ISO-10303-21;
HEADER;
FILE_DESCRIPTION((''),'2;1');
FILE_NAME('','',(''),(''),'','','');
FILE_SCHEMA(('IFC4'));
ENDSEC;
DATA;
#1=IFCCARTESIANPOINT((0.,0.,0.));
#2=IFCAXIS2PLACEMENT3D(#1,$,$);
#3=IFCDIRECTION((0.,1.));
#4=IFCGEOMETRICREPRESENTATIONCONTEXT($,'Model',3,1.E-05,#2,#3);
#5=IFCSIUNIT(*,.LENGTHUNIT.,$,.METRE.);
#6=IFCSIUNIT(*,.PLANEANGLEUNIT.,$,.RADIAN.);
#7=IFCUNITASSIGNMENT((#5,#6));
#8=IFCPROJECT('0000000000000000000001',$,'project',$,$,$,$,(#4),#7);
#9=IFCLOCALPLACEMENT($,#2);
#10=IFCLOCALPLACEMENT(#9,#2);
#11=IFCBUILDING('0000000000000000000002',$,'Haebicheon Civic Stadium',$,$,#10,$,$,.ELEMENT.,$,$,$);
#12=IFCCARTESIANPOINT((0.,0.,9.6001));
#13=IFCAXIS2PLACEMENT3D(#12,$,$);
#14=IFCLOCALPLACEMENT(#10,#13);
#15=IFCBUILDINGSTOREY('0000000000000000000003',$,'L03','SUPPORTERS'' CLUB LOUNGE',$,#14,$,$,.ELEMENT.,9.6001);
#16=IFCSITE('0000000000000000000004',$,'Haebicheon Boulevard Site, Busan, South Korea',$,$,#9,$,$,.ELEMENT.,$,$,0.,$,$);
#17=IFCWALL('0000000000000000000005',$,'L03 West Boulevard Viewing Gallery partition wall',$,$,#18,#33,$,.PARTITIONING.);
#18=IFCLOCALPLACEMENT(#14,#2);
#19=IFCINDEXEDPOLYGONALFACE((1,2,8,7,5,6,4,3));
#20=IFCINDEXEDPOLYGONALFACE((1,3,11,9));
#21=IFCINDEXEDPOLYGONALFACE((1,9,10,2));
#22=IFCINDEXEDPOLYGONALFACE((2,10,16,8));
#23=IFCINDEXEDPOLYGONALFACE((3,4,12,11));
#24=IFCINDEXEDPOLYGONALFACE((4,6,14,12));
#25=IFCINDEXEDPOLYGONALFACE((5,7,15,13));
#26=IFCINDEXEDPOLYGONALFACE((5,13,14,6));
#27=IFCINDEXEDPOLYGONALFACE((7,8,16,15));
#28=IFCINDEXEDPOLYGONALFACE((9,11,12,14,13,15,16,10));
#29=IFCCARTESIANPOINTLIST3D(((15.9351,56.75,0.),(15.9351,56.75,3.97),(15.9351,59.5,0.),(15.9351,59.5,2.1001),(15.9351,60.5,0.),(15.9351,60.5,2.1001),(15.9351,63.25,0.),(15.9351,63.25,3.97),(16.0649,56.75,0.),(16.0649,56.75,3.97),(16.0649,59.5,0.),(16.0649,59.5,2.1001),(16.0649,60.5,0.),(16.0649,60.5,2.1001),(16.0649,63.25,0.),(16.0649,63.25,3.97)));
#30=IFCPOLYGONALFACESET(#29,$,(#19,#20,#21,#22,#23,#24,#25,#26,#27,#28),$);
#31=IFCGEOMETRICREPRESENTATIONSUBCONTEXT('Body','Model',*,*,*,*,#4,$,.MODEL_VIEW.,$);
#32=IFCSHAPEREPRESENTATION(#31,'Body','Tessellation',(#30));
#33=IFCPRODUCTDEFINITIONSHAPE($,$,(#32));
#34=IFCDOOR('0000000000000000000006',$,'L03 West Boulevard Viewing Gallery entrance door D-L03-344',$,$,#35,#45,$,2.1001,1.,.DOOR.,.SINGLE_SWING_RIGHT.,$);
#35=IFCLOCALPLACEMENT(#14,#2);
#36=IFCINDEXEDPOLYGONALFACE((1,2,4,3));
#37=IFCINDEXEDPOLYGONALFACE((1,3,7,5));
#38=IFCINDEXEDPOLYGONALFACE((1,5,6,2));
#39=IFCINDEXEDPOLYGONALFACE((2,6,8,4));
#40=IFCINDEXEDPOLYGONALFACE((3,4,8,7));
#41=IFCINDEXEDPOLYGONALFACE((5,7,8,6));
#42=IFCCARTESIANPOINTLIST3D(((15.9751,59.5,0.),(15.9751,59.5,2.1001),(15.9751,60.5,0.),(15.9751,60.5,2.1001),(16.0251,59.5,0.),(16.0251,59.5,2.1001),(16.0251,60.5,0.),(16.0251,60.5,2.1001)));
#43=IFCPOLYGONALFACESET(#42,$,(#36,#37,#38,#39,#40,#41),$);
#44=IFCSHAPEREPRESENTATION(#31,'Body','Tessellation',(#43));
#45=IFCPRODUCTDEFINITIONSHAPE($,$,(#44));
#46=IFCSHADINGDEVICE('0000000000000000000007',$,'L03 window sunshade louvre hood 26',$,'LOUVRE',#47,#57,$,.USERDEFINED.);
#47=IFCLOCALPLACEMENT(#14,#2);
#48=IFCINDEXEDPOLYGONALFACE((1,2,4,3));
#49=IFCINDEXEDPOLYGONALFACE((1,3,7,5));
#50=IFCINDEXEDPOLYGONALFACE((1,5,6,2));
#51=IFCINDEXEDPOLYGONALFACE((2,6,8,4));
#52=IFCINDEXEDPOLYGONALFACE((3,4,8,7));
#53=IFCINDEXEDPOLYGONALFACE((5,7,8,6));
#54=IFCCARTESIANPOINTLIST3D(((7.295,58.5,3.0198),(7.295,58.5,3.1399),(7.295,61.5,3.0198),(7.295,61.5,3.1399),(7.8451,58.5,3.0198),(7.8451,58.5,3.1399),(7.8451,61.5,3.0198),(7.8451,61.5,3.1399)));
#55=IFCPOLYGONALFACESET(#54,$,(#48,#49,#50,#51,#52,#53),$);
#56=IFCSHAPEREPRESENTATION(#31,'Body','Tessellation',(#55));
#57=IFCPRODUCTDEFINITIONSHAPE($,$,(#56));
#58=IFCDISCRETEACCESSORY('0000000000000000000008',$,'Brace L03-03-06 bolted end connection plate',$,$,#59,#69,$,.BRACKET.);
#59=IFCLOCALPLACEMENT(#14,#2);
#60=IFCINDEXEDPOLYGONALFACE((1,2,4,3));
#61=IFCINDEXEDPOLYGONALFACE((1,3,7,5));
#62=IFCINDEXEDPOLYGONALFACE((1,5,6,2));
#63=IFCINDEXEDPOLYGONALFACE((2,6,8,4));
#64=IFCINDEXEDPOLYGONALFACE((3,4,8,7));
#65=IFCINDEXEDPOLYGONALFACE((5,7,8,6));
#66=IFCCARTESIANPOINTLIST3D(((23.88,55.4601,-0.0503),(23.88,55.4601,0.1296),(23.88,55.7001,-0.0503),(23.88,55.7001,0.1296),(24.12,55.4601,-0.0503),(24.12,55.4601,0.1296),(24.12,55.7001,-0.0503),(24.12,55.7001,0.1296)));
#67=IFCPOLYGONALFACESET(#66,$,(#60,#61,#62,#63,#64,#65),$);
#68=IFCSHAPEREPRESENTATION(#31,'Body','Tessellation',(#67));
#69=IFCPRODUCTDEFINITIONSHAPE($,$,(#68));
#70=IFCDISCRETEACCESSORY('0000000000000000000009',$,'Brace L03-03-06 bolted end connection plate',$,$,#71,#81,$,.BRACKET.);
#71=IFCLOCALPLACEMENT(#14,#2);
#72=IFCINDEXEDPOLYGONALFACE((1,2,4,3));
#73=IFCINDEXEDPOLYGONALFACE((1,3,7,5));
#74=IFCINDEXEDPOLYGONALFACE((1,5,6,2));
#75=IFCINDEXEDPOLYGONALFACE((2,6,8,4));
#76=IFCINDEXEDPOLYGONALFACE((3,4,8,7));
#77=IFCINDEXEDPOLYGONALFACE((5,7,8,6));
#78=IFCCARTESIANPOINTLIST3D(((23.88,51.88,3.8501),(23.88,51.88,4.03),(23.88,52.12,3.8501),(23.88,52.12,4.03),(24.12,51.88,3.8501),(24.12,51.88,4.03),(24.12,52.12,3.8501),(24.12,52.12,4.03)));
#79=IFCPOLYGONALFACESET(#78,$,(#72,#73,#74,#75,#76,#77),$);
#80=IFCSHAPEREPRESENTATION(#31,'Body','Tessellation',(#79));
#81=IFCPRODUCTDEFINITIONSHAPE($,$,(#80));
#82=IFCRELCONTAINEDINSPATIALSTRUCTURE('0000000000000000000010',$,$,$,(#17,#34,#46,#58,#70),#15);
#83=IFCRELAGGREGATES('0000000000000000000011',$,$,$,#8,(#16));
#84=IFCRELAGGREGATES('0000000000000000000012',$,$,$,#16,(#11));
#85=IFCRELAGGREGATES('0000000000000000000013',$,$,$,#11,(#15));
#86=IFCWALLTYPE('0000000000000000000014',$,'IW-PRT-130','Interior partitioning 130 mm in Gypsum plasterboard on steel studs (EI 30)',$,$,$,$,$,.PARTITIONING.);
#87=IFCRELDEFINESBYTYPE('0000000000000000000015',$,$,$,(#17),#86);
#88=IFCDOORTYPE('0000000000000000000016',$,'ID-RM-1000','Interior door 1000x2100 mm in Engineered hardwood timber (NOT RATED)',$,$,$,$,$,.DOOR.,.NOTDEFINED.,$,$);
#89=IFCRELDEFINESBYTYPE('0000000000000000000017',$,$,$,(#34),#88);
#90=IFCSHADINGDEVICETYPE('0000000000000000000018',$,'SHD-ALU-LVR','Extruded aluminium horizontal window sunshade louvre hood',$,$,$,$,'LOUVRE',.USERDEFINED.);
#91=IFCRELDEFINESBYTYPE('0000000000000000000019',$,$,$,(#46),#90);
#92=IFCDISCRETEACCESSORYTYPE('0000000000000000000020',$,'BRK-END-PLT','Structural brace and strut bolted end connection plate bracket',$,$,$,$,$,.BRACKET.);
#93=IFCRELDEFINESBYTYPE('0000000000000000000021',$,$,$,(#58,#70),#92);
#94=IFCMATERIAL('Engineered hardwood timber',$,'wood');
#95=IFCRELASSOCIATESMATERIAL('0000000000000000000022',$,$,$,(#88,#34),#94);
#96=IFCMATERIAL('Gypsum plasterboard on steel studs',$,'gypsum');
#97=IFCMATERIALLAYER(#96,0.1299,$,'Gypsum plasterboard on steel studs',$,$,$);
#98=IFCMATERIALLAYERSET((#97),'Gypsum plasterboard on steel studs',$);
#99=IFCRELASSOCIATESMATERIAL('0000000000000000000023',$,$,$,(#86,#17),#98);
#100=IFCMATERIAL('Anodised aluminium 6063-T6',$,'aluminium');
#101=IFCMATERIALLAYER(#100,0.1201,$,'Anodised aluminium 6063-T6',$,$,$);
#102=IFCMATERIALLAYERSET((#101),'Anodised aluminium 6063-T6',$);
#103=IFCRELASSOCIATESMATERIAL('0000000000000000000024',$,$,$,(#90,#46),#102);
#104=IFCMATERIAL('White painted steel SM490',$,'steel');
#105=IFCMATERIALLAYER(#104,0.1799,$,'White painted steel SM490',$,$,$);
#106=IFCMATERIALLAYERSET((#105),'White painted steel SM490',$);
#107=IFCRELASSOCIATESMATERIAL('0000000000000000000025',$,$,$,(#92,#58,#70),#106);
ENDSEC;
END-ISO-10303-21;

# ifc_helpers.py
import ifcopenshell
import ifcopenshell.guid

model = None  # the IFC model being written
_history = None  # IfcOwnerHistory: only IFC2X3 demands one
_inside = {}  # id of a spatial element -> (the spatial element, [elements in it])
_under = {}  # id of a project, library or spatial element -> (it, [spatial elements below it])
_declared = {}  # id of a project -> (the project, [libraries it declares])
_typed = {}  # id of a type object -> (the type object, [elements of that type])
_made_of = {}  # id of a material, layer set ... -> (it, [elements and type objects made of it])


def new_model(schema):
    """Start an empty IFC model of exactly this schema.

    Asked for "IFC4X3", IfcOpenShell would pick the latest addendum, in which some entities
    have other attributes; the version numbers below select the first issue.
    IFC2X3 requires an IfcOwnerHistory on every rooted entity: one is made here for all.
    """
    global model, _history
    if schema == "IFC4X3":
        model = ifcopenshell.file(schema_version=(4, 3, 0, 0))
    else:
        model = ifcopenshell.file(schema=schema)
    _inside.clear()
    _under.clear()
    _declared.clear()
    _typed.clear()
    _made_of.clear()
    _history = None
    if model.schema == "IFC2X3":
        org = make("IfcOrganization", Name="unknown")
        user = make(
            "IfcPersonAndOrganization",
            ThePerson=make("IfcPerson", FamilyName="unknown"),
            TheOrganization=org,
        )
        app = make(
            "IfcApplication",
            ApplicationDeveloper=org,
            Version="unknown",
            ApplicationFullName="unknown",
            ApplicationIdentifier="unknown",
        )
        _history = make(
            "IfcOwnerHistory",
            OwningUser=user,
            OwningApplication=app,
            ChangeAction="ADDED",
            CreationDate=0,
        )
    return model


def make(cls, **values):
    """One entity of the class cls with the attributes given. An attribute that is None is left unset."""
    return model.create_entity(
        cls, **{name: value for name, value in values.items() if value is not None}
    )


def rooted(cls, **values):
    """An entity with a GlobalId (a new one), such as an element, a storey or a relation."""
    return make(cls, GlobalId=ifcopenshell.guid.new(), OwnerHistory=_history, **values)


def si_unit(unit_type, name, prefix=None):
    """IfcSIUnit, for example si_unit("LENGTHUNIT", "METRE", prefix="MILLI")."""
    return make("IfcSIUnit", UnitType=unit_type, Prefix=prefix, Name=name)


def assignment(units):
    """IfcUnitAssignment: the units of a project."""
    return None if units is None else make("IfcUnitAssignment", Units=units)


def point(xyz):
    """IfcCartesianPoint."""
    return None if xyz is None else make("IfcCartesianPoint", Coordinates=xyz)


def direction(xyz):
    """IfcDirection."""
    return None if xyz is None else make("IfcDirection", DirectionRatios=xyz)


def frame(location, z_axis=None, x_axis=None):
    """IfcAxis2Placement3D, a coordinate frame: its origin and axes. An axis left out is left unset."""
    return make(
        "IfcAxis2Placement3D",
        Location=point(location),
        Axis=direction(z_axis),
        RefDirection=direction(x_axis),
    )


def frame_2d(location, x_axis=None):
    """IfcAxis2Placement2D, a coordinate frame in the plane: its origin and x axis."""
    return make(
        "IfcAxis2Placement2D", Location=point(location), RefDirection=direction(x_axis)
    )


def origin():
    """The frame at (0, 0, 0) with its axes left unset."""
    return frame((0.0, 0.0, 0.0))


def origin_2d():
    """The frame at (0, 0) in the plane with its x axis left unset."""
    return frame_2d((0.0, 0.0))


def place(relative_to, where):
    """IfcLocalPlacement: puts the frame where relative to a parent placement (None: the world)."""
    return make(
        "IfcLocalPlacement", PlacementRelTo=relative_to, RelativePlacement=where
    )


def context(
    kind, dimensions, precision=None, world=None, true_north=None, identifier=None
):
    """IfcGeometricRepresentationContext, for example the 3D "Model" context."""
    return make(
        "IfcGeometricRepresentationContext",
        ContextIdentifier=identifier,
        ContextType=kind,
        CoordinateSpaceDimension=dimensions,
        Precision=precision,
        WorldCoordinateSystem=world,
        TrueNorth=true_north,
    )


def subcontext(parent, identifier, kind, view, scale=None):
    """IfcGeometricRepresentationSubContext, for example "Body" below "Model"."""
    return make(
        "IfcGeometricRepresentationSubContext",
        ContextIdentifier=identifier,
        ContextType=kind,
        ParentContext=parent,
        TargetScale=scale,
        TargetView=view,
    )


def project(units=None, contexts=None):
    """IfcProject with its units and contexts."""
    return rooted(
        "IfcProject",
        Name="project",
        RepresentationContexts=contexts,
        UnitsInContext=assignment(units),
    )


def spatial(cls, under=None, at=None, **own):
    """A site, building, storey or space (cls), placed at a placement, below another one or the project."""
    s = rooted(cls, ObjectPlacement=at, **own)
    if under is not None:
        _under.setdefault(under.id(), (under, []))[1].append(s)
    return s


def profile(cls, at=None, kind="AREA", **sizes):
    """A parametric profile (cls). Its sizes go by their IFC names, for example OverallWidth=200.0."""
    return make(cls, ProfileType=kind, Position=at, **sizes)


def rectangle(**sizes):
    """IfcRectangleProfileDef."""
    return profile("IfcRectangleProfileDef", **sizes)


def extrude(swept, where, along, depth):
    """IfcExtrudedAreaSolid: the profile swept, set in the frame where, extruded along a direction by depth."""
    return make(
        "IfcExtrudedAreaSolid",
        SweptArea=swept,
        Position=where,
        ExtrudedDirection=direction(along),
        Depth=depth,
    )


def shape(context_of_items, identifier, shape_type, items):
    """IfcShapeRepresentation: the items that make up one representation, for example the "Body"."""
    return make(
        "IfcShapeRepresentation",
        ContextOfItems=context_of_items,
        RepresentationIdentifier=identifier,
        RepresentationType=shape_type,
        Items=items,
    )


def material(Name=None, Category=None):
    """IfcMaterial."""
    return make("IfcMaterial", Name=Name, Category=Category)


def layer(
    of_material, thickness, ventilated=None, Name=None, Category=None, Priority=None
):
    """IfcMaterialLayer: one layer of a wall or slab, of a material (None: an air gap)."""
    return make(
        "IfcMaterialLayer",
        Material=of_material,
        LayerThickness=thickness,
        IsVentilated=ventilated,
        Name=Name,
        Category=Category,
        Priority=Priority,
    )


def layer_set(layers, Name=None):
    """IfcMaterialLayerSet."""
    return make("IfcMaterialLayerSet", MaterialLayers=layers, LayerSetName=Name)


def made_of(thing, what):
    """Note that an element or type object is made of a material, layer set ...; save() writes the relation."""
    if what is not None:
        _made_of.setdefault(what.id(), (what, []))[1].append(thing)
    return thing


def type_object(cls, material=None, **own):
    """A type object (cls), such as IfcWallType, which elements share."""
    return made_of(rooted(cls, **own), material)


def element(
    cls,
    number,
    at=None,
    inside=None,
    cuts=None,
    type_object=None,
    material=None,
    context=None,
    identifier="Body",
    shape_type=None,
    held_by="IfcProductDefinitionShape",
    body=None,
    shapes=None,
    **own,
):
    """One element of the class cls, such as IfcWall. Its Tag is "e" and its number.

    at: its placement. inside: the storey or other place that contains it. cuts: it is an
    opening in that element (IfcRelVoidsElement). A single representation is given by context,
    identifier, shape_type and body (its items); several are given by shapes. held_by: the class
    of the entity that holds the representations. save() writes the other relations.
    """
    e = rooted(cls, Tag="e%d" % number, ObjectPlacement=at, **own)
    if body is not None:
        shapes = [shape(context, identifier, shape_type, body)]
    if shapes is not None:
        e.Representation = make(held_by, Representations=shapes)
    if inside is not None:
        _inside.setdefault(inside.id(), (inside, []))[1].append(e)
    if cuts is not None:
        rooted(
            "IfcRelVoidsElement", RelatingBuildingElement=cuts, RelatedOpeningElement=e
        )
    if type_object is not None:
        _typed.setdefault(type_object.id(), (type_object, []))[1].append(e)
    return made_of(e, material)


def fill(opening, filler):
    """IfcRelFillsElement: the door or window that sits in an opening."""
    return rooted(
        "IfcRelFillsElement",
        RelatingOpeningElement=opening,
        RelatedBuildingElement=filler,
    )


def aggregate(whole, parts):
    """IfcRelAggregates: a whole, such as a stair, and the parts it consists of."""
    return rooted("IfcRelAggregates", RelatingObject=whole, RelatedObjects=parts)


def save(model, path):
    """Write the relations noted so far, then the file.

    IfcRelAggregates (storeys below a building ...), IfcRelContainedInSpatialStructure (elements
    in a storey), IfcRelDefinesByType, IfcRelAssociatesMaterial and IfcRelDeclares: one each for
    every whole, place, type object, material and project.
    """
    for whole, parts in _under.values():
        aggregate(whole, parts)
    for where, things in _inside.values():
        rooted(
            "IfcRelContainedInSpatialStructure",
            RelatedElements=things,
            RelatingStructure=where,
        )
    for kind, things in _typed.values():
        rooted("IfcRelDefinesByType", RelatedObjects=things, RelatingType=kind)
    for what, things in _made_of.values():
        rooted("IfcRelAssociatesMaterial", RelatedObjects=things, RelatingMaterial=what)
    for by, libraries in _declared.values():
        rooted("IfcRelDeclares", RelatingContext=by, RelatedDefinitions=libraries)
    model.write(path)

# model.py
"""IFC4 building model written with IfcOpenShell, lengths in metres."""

from ifc_helpers import new_model, si_unit, direction, frame, frame_2d, origin, origin_2d, place, context, subcontext, project, spatial, rectangle, extrude, material, layer, layer_set, type_object, element, fill, save


model = new_model("IFC4")

# Units and contexts
model_context = context("Model", 3, precision=1e-05, world=origin(), true_north=direction((0.0, 1.0)))
body_context = subcontext(model_context, "Body", "Model", "MODEL_VIEW")
ifc_project = project(units=[si_unit("LENGTHUNIT", "METRE"), si_unit("PLANEANGLEUNIT", "RADIAN")], contexts=[model_context])

# Site, building, storey
site_placement = place(None, origin())
site = spatial("IfcSite", under=ifc_project, at=site_placement, Name="Haebicheon Boulevard Site, Busan, South Korea", CompositionType="ELEMENT", RefElevation=0.0)
building_placement = place(site_placement, origin())
building = spatial("IfcBuilding", under=site, at=building_placement, Name="Haebicheon Civic Stadium", CompositionType="ELEMENT")
storey_placement = place(building_placement, frame((0.0, 0.0, 9.6001)))
storey = spatial("IfcBuildingStorey", under=building, at=storey_placement, Name="L03", Description="SUPPORTERS' CLUB LOUNGE", CompositionType="ELEMENT", Elevation=9.6001)

# Wall, opening, door
ifc_material_1 = material(Name="Engineered hardwood timber", Category="wood")
door_type = type_object("IfcDoorType", Name="ID-RM-1000", Description="Interior door 1000x2100 mm in Engineered hardwood timber (NOT RATED)", OperationType="NOTDEFINED", PredefinedType="DOOR", material=ifc_material_1)
ifc_material_2 = material(Name="Gypsum plasterboard on steel studs", Category="gypsum")
ifc_layer_1 = layer(ifc_material_2, 0.1299, Name="Gypsum plasterboard on steel studs")
ifc_layer_set_1 = layer_set([ifc_layer_1], Name="Gypsum plasterboard on steel studs")
wall_type_1 = type_object("IfcWallType", Name="IW-PRT-130", Description="Interior partitioning 130 mm in Gypsum plasterboard on steel studs (EI 30)", PredefinedType="PARTITIONING", material=ifc_layer_set_1)
wall_1_placement = place(storey_placement, frame((16.0, 56.75, 0.0), z_axis=(0.0, 0.0, 1.0), x_axis=(0.0, 1.0, 0.0)))
wall_1 = element("IfcWall", 1, at=wall_1_placement, inside=storey, type_object=wall_type_1, material=ifc_layer_set_1, Name="L03 West Boulevard Viewing Gallery partition wall", PredefinedType="PARTITIONING", context=body_context, shape_type="SweptSolid", body=[
    extrude(rectangle(XDim=6.5, YDim=0.1299, at=frame_2d((3.25, 0.0))), origin(), (0.0, 0.0, 1.0), 3.97),
])
opening_1_placement = place(wall_1_placement, frame((2.75, 0.0, 0.0)))
opening_1 = element("IfcOpeningElement", 2, at=opening_1_placement, cuts=wall_1, PredefinedType="OPENING", context=body_context, shape_type="SweptSolid", body=[
    extrude(rectangle(XDim=1.0, YDim=2.1001, at=frame_2d((0.5, 1.05))), frame((0.0, 0.075, 0.0), z_axis=(0.0, -1.0, 0.0), x_axis=(1.0, 0.0, 0.0)), (0.0, 0.0, 1.0), 0.1499),
])
door_1_placement = place(opening_1_placement, origin())
door_1 = element("IfcDoor", 3, at=door_1_placement, inside=storey, type_object=door_type, material=ifc_material_1, Name="L03 West Boulevard Viewing Gallery entrance door D-L03-344", OperationType="SINGLE_SWING_RIGHT", OverallHeight=2.1001, OverallWidth=1.0, PredefinedType="DOOR", context=body_context, shape_type="SweptSolid", body=[
    extrude(rectangle(XDim=1.0, YDim=2.1001, at=frame_2d((0.5, 1.05))), frame((0.0, 0.0249, 0.0), z_axis=(0.0, -1.0, 0.0), x_axis=(1.0, 0.0, 0.0)), (0.0, 0.0, 1.0), 0.05),
])
fill(opening_1, door_1)

# Shading device
ifc_material_3 = material(Name="Anodised aluminium 6063-T6", Category="aluminium")
ifc_layer_2 = layer(ifc_material_3, 0.1201, Name="Anodised aluminium 6063-T6")
ifc_layer_set_2 = layer_set([ifc_layer_2], Name="Anodised aluminium 6063-T6")
shading_device_type = type_object("IfcShadingDeviceType", Name="SHD-ALU-LVR", Description="Extruded aluminium horizontal window sunshade louvre hood", ElementType="LOUVRE", PredefinedType="USERDEFINED", material=ifc_layer_set_2)
shading_device_placement = place(storey_placement, frame((7.5701, 60.0, 3.0198), z_axis=(0.0, 0.0, 1.0), x_axis=(1.0, 0.0, 0.0)))
element("IfcShadingDevice", 4, at=shading_device_placement, inside=storey, type_object=shading_device_type, material=ifc_layer_set_2, Name="L03 window sunshade louvre hood 26", ObjectType="LOUVRE", PredefinedType="USERDEFINED", context=body_context, shape_type="SweptSolid", body=[
    extrude(rectangle(XDim=0.55, YDim=3.0, at=origin_2d()), origin(), (0.0, 0.0, 1.0), 0.1201),
])

# Discrete accessories
ifc_material_4 = material(Name="White painted steel SM490", Category="steel")
ifc_layer_3 = layer(ifc_material_4, 0.1799, Name="White painted steel SM490")
ifc_layer_set_3 = layer_set([ifc_layer_3], Name="White painted steel SM490")
discrete_accessory_type = type_object("IfcDiscreteAccessoryType", Name="BRK-END-PLT", Description="Structural brace and strut bolted end connection plate bracket", PredefinedType="BRACKET", material=ifc_layer_set_3)
for number, where, z_axis, x_axis, name in (
    (5, (24.0, 55.5801, -0.0503), (0.0, 0.0, 1.0), (1.0, 0.0, 0.0), "Brace L03-03-06 bolted end connection plate"),
    (6, (24.0, 52.0, 3.8501), (0.0, 0.0, 1.0), (1.0, 0.0, 0.0), "Brace L03-03-06 bolted end connection plate"),
):
    element("IfcDiscreteAccessory", number, at=place(storey_placement, frame(where, z_axis=z_axis, x_axis=x_axis)), inside=storey, type_object=discrete_accessory_type, material=ifc_layer_set_3, Name=name, PredefinedType="BRACKET", context=body_context, shape_type="SweptSolid", body=[
        extrude(rectangle(XDim=0.24, YDim=0.24, at=origin_2d()), origin(), (0.0, 0.0, 1.0), 0.1799),
    ])

save(model, "model.ifc")
